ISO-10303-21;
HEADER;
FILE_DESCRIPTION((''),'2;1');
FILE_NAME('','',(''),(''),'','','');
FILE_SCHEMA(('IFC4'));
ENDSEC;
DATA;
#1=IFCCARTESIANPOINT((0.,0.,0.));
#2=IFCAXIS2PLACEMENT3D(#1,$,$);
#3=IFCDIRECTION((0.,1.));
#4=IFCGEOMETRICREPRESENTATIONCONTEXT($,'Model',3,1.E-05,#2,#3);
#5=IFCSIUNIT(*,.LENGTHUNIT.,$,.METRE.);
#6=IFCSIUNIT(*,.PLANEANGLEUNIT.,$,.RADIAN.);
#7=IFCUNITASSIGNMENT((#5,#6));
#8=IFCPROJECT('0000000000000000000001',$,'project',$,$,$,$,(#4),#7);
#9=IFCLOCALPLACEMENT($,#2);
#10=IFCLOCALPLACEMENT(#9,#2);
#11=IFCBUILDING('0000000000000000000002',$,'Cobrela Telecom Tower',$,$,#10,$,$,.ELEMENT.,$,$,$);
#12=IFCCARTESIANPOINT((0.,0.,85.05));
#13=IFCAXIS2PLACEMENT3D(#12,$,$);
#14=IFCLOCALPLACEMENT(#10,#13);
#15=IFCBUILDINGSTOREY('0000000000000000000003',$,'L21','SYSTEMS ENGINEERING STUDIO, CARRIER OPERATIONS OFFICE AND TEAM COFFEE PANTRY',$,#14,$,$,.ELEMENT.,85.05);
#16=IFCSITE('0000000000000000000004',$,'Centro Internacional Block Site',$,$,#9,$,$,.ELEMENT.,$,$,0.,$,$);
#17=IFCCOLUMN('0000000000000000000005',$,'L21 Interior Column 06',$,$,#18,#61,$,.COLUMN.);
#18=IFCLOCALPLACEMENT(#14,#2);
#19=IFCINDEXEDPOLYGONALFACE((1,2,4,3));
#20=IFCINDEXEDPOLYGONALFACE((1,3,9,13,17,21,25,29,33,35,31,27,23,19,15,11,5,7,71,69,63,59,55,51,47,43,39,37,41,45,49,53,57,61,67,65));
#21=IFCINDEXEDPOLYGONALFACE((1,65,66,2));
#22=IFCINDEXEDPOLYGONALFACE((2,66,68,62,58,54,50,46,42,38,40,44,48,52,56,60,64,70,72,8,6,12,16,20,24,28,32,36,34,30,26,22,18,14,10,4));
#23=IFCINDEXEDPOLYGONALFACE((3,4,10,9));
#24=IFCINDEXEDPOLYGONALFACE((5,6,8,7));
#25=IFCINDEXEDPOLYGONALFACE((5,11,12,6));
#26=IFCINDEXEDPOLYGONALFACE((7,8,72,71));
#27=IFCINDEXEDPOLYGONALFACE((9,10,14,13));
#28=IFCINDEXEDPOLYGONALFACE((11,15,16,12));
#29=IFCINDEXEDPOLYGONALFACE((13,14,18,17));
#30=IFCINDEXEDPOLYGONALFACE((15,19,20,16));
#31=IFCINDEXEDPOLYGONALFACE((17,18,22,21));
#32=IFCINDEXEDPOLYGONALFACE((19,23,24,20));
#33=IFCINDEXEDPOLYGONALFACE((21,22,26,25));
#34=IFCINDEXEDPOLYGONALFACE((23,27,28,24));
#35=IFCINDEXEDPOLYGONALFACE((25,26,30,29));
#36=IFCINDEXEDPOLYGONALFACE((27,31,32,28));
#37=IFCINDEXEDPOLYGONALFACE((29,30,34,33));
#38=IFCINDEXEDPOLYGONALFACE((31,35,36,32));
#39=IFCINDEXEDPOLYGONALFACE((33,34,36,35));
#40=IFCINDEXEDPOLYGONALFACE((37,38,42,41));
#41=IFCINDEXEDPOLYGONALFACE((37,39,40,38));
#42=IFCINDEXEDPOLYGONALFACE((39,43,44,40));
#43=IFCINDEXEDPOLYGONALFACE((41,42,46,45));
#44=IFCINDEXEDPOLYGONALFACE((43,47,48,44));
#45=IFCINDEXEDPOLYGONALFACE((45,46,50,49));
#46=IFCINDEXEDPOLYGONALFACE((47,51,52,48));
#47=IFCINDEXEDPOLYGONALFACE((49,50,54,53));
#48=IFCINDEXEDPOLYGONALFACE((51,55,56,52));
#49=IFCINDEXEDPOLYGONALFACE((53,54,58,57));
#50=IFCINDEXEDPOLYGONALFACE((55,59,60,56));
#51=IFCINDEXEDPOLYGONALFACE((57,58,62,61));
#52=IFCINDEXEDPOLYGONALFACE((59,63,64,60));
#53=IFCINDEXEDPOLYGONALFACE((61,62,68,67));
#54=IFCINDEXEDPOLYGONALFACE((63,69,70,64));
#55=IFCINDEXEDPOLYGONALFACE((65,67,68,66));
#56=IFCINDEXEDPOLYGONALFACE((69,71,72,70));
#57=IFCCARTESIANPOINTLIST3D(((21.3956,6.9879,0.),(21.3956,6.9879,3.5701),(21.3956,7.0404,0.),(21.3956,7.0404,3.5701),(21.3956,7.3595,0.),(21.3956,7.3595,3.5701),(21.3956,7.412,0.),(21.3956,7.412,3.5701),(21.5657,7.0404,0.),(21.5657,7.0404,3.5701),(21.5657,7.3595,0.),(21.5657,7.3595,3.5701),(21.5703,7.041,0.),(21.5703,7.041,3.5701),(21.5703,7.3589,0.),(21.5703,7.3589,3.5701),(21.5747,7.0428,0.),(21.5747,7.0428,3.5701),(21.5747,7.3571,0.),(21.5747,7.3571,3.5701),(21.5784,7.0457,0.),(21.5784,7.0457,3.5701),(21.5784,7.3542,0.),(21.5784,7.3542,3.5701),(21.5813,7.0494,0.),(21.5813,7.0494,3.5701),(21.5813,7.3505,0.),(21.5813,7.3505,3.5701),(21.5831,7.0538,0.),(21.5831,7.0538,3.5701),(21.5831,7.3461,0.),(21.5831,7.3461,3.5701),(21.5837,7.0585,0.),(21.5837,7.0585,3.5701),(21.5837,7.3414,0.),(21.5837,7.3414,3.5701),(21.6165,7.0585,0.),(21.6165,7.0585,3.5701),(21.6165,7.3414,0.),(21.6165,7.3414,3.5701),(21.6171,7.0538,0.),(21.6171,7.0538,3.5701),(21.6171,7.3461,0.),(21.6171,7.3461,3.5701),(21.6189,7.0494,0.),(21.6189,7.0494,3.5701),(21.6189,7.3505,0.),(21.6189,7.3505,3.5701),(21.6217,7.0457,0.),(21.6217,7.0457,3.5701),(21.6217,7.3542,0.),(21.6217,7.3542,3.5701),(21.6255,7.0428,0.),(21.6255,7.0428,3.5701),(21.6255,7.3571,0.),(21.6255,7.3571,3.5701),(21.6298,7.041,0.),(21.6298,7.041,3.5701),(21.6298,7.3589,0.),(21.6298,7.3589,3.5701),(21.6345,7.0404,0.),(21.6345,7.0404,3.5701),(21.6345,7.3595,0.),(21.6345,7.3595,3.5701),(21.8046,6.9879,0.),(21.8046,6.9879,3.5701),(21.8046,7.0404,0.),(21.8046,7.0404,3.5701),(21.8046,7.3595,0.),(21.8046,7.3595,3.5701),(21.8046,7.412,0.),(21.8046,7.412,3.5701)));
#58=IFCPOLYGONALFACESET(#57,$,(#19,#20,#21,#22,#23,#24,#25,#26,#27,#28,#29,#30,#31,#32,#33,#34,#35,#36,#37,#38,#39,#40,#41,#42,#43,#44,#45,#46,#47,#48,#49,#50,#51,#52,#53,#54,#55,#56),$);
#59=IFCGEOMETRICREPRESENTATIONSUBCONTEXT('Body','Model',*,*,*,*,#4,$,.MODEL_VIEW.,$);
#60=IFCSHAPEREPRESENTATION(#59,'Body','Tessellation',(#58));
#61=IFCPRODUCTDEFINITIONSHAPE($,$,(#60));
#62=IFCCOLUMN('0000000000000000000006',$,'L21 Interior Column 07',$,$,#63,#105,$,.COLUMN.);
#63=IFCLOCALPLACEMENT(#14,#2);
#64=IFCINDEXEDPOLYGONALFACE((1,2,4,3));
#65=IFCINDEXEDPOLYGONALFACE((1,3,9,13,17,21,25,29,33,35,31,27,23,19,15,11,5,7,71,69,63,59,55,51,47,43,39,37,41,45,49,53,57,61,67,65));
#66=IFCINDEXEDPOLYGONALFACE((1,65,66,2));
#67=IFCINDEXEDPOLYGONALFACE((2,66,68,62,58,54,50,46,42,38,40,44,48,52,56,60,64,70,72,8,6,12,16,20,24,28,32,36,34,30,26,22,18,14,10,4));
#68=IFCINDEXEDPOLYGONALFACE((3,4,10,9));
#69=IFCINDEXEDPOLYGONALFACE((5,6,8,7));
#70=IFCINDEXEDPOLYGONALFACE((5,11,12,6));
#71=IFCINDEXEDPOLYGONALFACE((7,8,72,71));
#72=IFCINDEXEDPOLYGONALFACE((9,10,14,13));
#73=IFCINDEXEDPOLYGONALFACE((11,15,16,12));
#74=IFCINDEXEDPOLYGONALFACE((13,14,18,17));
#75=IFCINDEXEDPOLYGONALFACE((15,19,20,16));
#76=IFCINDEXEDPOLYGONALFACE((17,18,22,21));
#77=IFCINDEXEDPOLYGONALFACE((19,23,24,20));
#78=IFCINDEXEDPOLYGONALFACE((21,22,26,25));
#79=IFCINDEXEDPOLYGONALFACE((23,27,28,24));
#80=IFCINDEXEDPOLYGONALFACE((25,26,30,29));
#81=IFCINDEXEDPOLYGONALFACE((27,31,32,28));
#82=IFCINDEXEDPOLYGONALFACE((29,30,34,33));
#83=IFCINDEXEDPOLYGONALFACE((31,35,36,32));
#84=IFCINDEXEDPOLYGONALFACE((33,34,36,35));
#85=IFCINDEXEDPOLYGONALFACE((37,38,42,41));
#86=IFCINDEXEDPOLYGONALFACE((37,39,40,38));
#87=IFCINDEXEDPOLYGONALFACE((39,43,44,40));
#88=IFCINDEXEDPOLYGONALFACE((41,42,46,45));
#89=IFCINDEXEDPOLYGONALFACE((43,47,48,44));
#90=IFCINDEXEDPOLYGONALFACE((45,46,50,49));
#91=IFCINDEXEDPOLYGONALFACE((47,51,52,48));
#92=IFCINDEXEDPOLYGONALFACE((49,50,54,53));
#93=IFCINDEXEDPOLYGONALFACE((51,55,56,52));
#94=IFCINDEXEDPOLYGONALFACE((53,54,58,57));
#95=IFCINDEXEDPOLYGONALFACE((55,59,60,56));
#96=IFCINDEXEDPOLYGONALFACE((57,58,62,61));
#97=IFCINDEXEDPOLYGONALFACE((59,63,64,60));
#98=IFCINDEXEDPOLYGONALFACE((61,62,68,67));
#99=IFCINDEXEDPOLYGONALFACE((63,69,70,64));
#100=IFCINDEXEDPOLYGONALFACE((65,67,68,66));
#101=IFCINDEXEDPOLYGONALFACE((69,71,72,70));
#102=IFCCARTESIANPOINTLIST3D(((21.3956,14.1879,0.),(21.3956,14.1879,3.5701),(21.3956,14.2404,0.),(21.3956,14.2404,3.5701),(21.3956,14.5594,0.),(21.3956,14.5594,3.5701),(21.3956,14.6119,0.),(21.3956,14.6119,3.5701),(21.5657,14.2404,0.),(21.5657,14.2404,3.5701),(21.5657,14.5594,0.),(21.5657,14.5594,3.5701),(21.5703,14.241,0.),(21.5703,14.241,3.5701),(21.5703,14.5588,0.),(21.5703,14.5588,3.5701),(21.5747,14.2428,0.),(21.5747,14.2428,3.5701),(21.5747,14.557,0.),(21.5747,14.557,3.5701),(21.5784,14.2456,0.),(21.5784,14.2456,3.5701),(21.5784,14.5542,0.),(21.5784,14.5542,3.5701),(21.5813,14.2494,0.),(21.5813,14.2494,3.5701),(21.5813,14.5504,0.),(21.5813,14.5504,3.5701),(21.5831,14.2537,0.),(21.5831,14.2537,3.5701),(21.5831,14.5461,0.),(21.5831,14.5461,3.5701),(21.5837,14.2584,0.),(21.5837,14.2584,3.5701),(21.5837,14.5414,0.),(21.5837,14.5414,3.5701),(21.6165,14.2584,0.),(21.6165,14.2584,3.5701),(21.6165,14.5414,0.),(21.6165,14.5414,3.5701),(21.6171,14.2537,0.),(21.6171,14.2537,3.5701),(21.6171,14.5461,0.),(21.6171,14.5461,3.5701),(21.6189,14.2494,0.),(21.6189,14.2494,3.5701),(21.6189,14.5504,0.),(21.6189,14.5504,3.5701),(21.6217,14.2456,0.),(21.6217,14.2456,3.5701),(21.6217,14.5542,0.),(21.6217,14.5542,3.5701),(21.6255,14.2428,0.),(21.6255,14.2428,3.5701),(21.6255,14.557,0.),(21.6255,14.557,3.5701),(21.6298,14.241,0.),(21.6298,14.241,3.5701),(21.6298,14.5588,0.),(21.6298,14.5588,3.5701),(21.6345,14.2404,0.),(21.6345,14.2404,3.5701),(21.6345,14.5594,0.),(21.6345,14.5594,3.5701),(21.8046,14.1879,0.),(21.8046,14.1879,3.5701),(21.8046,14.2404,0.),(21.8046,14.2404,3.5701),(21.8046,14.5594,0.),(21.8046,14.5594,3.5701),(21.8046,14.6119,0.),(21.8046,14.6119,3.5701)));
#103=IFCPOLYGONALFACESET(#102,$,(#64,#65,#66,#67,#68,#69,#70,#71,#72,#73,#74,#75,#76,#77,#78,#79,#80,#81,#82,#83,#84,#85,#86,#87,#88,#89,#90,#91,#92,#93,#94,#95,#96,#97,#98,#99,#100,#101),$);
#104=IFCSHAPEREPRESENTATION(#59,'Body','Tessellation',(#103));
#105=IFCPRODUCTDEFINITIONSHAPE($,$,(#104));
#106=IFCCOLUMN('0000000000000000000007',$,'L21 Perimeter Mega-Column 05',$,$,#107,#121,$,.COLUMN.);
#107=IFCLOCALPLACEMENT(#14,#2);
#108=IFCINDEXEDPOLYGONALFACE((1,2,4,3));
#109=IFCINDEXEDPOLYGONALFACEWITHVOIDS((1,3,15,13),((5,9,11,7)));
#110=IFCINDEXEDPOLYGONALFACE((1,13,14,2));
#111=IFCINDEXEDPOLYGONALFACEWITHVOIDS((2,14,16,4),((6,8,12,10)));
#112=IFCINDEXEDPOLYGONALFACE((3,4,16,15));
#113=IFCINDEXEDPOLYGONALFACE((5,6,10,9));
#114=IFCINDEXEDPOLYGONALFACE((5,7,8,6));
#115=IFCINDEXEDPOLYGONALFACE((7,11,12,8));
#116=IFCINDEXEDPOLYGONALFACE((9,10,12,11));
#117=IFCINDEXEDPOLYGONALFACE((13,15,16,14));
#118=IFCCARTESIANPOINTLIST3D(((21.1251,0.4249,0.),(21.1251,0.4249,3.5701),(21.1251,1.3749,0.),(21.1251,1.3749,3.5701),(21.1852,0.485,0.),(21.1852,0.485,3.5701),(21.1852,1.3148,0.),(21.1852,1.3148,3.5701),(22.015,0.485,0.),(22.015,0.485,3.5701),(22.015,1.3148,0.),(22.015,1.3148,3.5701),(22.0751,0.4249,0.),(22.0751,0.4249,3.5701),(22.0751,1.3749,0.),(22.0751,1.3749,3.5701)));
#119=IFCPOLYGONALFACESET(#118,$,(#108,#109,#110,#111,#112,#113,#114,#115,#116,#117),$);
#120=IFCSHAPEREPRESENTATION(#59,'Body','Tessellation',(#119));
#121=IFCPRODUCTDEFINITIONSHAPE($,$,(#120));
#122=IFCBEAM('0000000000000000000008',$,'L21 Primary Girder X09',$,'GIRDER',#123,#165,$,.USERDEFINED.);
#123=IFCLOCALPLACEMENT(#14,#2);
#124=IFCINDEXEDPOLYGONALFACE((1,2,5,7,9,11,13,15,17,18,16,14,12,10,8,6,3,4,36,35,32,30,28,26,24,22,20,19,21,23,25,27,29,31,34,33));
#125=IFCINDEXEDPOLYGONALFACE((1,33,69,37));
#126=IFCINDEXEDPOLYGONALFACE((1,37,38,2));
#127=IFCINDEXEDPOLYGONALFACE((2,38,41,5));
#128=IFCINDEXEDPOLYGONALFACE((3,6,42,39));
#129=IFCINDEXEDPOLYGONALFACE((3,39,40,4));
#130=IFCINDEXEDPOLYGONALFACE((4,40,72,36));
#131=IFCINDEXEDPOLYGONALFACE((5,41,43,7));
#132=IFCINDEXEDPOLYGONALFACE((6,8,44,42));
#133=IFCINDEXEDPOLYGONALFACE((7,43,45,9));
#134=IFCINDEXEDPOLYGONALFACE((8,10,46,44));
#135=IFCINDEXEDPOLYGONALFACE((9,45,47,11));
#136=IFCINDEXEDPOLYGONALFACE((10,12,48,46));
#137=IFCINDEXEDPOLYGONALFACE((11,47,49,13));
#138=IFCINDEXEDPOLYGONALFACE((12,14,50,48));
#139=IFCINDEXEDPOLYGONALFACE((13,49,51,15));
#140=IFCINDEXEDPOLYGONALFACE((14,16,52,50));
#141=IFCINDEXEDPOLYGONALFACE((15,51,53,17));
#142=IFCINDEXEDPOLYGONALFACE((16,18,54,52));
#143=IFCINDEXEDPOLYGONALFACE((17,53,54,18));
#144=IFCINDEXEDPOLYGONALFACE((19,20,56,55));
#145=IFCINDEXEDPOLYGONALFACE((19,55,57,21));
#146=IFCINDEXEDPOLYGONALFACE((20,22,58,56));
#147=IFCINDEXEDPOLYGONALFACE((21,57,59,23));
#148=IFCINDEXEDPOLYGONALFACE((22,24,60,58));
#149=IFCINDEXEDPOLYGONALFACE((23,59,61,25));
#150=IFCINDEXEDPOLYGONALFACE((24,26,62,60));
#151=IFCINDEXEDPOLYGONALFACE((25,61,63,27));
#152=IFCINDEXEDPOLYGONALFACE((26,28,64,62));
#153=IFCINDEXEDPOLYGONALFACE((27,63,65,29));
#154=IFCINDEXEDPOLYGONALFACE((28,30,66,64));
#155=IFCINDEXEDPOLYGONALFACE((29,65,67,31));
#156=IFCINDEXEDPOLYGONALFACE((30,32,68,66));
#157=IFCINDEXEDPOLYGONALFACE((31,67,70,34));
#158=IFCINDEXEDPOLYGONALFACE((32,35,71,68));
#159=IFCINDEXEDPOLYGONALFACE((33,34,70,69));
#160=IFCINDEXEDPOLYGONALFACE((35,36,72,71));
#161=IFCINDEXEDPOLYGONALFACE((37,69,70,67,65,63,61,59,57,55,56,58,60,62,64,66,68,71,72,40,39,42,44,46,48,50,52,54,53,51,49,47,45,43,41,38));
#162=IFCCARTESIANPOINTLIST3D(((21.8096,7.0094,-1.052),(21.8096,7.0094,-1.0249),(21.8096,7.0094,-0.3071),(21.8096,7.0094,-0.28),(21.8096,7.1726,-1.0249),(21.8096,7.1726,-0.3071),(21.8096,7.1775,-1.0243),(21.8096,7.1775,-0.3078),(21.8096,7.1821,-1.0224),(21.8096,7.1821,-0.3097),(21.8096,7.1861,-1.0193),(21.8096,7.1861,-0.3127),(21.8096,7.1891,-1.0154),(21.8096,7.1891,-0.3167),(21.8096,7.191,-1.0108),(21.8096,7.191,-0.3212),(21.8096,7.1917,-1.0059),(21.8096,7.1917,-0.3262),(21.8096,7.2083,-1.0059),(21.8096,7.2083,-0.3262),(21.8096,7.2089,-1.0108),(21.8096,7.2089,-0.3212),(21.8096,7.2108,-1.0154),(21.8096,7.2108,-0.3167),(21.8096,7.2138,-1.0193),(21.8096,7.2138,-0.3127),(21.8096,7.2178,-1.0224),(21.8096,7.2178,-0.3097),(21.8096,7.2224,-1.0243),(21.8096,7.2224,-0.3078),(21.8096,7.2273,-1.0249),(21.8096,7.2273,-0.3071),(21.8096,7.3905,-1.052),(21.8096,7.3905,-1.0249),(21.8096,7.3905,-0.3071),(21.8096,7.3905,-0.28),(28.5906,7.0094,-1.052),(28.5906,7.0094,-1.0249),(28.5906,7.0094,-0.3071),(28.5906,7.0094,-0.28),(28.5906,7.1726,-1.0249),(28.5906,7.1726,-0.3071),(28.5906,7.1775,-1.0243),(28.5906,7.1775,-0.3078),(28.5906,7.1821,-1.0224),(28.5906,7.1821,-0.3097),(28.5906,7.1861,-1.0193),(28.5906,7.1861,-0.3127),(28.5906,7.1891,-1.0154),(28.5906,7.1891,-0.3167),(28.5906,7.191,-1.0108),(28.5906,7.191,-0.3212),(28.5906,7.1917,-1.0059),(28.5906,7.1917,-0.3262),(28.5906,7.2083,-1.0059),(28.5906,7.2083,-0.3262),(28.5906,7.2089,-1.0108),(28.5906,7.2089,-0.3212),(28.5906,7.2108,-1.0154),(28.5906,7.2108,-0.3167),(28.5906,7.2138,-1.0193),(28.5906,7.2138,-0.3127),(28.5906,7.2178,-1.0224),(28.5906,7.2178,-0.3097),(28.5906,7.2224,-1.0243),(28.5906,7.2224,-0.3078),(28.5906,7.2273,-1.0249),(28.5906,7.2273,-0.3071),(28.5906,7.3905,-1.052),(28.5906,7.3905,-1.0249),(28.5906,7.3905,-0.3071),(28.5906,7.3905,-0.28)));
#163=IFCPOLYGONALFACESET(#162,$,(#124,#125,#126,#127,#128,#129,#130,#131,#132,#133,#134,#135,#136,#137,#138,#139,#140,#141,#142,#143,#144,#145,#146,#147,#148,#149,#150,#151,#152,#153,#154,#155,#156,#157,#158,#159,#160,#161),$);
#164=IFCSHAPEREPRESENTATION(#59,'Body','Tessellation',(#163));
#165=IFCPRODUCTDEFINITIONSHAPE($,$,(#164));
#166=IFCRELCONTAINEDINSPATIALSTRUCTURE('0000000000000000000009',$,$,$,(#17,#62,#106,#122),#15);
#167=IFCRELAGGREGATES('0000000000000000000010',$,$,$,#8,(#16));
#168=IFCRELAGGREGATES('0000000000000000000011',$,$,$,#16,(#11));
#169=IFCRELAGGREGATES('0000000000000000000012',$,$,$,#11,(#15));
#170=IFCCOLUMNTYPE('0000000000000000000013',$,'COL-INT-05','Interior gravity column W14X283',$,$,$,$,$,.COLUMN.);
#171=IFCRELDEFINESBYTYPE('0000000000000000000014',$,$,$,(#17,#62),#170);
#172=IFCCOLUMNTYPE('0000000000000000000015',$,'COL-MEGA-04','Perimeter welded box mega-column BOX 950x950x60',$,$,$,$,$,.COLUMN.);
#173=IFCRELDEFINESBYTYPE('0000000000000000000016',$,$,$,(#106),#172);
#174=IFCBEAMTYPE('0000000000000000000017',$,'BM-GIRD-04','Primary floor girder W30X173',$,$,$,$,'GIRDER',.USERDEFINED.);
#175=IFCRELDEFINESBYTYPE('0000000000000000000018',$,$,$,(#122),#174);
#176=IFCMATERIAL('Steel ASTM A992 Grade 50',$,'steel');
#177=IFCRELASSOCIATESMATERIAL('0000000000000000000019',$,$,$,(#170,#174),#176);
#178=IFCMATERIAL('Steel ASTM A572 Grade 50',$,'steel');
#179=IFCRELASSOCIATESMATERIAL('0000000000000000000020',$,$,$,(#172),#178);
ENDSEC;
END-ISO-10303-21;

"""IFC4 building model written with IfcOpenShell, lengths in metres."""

from ifc_helpers import new_model, si_unit, direction, frame, origin, origin_2d, place, context, subcontext, project, spatial, hollow_rectangle, i_section, extrude, material, material_profile, profile_set, type_object, element, save


model = new_model("IFC4")

# Units and contexts
model_context = context("Model", 3, precision=1e-05, world=origin(), true_north=direction((0.0, 1.0)))
body_context = subcontext(model_context, "Body", "Model", "MODEL_VIEW")
ifc_project = project(units=[si_unit("LENGTHUNIT", "METRE"), si_unit("PLANEANGLEUNIT", "RADIAN")], contexts=[model_context])

# Site, building, storey
site_placement = place(None, origin())
site = spatial("IfcSite", under=ifc_project, at=site_placement, Name="Centro Internacional Block Site", CompositionType="ELEMENT", RefElevation=0.0)
building_placement = place(site_placement, origin())
building = spatial("IfcBuilding", under=site, at=building_placement, Name="Cobrela Telecom Tower", CompositionType="ELEMENT")
storey_placement = place(building_placement, frame((0.0, 0.0, 85.05)))
storey = spatial("IfcBuildingStorey", under=building, at=storey_placement, Name="L21", Description="SYSTEMS ENGINEERING STUDIO, CARRIER OPERATIONS OFFICE AND TEAM COFFEE PANTRY", CompositionType="ELEMENT", Elevation=85.05)

# Columns
ifc_material_1 = material(Name="Steel ASTM A992 Grade 50", Category="steel")
ifc_material_profile_1 = material_profile(ifc_material_1, i_section(OverallWidth=0.4089, OverallDepth=0.4241, WebThickness=0.0327, FlangeThickness=0.0525, FilletRadius=0.0181, at=origin_2d()), Name="W14X283")
ifc_profile_set_1 = profile_set([ifc_material_profile_1], Name="Steel ASTM A992 Grade 50")
column_type_1 = type_object("IfcColumnType", Name="COL-INT-05", Description="Interior gravity column W14X283", PredefinedType="COLUMN", material=ifc_profile_set_1)
for number, where, z_axis, x_axis, name in (
    (1, (21.6001, 7.2, 0.0), (0.0, 0.0, 1.0), (1.0, 0.0, 0.0), "L21 Interior Column 06"),
    (2, (21.6001, 14.3999, 0.0), (0.0, 0.0, 1.0), (1.0, 0.0, 0.0), "L21 Interior Column 07"),
):
    element("IfcColumn", number, at=place(storey_placement, frame(where, z_axis=z_axis, x_axis=x_axis)), inside=storey, type_object=column_type_1, Name=name, PredefinedType="COLUMN", context=body_context, shape_type="SweptSolid", body=[
        extrude(i_section(OverallWidth=0.4089, OverallDepth=0.4241, WebThickness=0.0327, FlangeThickness=0.0525, FilletRadius=0.0181, at=origin_2d()), origin(), (0.0, 0.0, 1.0), 3.5701),
    ])
ifc_material_2 = material(Name="Steel ASTM A572 Grade 50", Category="steel")
ifc_material_profile_2 = material_profile(ifc_material_2, hollow_rectangle(XDim=0.95, YDim=0.95, WallThickness=0.0601, at=origin_2d()), Name="BOX 950x950x60")
ifc_profile_set_2 = profile_set([ifc_material_profile_2], Name="Steel ASTM A572 Grade 50")
column_type_2 = type_object("IfcColumnType", Name="COL-MEGA-04", Description="Perimeter welded box mega-column BOX 950x950x60", PredefinedType="COLUMN", material=ifc_profile_set_2)
column_placement = place(storey_placement, frame((21.6001, 0.8999, 0.0), z_axis=(0.0, 0.0, 1.0), x_axis=(1.0, 0.0, 0.0)))
element("IfcColumn", 3, at=column_placement, inside=storey, type_object=column_type_2, Name="L21 Perimeter Mega-Column 05", PredefinedType="COLUMN", context=body_context, shape_type="SweptSolid", body=[
    extrude(hollow_rectangle(XDim=0.95, YDim=0.95, WallThickness=0.0601, at=origin_2d()), origin(), (0.0, 0.0, 1.0), 3.5701),
])

# Beam
ifc_material_profile_3 = material_profile(ifc_material_1, i_section(OverallWidth=0.3811, OverallDepth=0.772, WebThickness=0.0166, FlangeThickness=0.0271, FilletRadius=0.019, at=origin_2d()), Name="W30X173")
ifc_profile_set_3 = profile_set([ifc_material_profile_3], Name="Steel ASTM A992 Grade 50")
beam_type_1 = type_object("IfcBeamType", Name="BM-GIRD-04", Description="Primary floor girder W30X173", ElementType="GIRDER", PredefinedType="USERDEFINED", material=ifc_profile_set_3)
for number, where, z_axis, x_axis, name in (
    (4, (21.8096, 7.2, -0.666), (1.0, 0.0, 0.0), (0.0, 1.0, 0.0), "L21 Primary Girder X09"),
):
    element("IfcBeam", number, at=place(storey_placement, frame(where, z_axis=z_axis, x_axis=x_axis)), inside=storey, type_object=beam_type_1, Name=name, ObjectType="GIRDER", PredefinedType="USERDEFINED", context=body_context, shape_type="SweptSolid", body=[
        extrude(i_section(OverallWidth=0.3811, OverallDepth=0.772, WebThickness=0.0166, FlangeThickness=0.0271, FilletRadius=0.019, at=origin_2d()), origin(), (0.0, 0.0, 1.0), 6.781),
    ])

save(model, "model.ifc")
